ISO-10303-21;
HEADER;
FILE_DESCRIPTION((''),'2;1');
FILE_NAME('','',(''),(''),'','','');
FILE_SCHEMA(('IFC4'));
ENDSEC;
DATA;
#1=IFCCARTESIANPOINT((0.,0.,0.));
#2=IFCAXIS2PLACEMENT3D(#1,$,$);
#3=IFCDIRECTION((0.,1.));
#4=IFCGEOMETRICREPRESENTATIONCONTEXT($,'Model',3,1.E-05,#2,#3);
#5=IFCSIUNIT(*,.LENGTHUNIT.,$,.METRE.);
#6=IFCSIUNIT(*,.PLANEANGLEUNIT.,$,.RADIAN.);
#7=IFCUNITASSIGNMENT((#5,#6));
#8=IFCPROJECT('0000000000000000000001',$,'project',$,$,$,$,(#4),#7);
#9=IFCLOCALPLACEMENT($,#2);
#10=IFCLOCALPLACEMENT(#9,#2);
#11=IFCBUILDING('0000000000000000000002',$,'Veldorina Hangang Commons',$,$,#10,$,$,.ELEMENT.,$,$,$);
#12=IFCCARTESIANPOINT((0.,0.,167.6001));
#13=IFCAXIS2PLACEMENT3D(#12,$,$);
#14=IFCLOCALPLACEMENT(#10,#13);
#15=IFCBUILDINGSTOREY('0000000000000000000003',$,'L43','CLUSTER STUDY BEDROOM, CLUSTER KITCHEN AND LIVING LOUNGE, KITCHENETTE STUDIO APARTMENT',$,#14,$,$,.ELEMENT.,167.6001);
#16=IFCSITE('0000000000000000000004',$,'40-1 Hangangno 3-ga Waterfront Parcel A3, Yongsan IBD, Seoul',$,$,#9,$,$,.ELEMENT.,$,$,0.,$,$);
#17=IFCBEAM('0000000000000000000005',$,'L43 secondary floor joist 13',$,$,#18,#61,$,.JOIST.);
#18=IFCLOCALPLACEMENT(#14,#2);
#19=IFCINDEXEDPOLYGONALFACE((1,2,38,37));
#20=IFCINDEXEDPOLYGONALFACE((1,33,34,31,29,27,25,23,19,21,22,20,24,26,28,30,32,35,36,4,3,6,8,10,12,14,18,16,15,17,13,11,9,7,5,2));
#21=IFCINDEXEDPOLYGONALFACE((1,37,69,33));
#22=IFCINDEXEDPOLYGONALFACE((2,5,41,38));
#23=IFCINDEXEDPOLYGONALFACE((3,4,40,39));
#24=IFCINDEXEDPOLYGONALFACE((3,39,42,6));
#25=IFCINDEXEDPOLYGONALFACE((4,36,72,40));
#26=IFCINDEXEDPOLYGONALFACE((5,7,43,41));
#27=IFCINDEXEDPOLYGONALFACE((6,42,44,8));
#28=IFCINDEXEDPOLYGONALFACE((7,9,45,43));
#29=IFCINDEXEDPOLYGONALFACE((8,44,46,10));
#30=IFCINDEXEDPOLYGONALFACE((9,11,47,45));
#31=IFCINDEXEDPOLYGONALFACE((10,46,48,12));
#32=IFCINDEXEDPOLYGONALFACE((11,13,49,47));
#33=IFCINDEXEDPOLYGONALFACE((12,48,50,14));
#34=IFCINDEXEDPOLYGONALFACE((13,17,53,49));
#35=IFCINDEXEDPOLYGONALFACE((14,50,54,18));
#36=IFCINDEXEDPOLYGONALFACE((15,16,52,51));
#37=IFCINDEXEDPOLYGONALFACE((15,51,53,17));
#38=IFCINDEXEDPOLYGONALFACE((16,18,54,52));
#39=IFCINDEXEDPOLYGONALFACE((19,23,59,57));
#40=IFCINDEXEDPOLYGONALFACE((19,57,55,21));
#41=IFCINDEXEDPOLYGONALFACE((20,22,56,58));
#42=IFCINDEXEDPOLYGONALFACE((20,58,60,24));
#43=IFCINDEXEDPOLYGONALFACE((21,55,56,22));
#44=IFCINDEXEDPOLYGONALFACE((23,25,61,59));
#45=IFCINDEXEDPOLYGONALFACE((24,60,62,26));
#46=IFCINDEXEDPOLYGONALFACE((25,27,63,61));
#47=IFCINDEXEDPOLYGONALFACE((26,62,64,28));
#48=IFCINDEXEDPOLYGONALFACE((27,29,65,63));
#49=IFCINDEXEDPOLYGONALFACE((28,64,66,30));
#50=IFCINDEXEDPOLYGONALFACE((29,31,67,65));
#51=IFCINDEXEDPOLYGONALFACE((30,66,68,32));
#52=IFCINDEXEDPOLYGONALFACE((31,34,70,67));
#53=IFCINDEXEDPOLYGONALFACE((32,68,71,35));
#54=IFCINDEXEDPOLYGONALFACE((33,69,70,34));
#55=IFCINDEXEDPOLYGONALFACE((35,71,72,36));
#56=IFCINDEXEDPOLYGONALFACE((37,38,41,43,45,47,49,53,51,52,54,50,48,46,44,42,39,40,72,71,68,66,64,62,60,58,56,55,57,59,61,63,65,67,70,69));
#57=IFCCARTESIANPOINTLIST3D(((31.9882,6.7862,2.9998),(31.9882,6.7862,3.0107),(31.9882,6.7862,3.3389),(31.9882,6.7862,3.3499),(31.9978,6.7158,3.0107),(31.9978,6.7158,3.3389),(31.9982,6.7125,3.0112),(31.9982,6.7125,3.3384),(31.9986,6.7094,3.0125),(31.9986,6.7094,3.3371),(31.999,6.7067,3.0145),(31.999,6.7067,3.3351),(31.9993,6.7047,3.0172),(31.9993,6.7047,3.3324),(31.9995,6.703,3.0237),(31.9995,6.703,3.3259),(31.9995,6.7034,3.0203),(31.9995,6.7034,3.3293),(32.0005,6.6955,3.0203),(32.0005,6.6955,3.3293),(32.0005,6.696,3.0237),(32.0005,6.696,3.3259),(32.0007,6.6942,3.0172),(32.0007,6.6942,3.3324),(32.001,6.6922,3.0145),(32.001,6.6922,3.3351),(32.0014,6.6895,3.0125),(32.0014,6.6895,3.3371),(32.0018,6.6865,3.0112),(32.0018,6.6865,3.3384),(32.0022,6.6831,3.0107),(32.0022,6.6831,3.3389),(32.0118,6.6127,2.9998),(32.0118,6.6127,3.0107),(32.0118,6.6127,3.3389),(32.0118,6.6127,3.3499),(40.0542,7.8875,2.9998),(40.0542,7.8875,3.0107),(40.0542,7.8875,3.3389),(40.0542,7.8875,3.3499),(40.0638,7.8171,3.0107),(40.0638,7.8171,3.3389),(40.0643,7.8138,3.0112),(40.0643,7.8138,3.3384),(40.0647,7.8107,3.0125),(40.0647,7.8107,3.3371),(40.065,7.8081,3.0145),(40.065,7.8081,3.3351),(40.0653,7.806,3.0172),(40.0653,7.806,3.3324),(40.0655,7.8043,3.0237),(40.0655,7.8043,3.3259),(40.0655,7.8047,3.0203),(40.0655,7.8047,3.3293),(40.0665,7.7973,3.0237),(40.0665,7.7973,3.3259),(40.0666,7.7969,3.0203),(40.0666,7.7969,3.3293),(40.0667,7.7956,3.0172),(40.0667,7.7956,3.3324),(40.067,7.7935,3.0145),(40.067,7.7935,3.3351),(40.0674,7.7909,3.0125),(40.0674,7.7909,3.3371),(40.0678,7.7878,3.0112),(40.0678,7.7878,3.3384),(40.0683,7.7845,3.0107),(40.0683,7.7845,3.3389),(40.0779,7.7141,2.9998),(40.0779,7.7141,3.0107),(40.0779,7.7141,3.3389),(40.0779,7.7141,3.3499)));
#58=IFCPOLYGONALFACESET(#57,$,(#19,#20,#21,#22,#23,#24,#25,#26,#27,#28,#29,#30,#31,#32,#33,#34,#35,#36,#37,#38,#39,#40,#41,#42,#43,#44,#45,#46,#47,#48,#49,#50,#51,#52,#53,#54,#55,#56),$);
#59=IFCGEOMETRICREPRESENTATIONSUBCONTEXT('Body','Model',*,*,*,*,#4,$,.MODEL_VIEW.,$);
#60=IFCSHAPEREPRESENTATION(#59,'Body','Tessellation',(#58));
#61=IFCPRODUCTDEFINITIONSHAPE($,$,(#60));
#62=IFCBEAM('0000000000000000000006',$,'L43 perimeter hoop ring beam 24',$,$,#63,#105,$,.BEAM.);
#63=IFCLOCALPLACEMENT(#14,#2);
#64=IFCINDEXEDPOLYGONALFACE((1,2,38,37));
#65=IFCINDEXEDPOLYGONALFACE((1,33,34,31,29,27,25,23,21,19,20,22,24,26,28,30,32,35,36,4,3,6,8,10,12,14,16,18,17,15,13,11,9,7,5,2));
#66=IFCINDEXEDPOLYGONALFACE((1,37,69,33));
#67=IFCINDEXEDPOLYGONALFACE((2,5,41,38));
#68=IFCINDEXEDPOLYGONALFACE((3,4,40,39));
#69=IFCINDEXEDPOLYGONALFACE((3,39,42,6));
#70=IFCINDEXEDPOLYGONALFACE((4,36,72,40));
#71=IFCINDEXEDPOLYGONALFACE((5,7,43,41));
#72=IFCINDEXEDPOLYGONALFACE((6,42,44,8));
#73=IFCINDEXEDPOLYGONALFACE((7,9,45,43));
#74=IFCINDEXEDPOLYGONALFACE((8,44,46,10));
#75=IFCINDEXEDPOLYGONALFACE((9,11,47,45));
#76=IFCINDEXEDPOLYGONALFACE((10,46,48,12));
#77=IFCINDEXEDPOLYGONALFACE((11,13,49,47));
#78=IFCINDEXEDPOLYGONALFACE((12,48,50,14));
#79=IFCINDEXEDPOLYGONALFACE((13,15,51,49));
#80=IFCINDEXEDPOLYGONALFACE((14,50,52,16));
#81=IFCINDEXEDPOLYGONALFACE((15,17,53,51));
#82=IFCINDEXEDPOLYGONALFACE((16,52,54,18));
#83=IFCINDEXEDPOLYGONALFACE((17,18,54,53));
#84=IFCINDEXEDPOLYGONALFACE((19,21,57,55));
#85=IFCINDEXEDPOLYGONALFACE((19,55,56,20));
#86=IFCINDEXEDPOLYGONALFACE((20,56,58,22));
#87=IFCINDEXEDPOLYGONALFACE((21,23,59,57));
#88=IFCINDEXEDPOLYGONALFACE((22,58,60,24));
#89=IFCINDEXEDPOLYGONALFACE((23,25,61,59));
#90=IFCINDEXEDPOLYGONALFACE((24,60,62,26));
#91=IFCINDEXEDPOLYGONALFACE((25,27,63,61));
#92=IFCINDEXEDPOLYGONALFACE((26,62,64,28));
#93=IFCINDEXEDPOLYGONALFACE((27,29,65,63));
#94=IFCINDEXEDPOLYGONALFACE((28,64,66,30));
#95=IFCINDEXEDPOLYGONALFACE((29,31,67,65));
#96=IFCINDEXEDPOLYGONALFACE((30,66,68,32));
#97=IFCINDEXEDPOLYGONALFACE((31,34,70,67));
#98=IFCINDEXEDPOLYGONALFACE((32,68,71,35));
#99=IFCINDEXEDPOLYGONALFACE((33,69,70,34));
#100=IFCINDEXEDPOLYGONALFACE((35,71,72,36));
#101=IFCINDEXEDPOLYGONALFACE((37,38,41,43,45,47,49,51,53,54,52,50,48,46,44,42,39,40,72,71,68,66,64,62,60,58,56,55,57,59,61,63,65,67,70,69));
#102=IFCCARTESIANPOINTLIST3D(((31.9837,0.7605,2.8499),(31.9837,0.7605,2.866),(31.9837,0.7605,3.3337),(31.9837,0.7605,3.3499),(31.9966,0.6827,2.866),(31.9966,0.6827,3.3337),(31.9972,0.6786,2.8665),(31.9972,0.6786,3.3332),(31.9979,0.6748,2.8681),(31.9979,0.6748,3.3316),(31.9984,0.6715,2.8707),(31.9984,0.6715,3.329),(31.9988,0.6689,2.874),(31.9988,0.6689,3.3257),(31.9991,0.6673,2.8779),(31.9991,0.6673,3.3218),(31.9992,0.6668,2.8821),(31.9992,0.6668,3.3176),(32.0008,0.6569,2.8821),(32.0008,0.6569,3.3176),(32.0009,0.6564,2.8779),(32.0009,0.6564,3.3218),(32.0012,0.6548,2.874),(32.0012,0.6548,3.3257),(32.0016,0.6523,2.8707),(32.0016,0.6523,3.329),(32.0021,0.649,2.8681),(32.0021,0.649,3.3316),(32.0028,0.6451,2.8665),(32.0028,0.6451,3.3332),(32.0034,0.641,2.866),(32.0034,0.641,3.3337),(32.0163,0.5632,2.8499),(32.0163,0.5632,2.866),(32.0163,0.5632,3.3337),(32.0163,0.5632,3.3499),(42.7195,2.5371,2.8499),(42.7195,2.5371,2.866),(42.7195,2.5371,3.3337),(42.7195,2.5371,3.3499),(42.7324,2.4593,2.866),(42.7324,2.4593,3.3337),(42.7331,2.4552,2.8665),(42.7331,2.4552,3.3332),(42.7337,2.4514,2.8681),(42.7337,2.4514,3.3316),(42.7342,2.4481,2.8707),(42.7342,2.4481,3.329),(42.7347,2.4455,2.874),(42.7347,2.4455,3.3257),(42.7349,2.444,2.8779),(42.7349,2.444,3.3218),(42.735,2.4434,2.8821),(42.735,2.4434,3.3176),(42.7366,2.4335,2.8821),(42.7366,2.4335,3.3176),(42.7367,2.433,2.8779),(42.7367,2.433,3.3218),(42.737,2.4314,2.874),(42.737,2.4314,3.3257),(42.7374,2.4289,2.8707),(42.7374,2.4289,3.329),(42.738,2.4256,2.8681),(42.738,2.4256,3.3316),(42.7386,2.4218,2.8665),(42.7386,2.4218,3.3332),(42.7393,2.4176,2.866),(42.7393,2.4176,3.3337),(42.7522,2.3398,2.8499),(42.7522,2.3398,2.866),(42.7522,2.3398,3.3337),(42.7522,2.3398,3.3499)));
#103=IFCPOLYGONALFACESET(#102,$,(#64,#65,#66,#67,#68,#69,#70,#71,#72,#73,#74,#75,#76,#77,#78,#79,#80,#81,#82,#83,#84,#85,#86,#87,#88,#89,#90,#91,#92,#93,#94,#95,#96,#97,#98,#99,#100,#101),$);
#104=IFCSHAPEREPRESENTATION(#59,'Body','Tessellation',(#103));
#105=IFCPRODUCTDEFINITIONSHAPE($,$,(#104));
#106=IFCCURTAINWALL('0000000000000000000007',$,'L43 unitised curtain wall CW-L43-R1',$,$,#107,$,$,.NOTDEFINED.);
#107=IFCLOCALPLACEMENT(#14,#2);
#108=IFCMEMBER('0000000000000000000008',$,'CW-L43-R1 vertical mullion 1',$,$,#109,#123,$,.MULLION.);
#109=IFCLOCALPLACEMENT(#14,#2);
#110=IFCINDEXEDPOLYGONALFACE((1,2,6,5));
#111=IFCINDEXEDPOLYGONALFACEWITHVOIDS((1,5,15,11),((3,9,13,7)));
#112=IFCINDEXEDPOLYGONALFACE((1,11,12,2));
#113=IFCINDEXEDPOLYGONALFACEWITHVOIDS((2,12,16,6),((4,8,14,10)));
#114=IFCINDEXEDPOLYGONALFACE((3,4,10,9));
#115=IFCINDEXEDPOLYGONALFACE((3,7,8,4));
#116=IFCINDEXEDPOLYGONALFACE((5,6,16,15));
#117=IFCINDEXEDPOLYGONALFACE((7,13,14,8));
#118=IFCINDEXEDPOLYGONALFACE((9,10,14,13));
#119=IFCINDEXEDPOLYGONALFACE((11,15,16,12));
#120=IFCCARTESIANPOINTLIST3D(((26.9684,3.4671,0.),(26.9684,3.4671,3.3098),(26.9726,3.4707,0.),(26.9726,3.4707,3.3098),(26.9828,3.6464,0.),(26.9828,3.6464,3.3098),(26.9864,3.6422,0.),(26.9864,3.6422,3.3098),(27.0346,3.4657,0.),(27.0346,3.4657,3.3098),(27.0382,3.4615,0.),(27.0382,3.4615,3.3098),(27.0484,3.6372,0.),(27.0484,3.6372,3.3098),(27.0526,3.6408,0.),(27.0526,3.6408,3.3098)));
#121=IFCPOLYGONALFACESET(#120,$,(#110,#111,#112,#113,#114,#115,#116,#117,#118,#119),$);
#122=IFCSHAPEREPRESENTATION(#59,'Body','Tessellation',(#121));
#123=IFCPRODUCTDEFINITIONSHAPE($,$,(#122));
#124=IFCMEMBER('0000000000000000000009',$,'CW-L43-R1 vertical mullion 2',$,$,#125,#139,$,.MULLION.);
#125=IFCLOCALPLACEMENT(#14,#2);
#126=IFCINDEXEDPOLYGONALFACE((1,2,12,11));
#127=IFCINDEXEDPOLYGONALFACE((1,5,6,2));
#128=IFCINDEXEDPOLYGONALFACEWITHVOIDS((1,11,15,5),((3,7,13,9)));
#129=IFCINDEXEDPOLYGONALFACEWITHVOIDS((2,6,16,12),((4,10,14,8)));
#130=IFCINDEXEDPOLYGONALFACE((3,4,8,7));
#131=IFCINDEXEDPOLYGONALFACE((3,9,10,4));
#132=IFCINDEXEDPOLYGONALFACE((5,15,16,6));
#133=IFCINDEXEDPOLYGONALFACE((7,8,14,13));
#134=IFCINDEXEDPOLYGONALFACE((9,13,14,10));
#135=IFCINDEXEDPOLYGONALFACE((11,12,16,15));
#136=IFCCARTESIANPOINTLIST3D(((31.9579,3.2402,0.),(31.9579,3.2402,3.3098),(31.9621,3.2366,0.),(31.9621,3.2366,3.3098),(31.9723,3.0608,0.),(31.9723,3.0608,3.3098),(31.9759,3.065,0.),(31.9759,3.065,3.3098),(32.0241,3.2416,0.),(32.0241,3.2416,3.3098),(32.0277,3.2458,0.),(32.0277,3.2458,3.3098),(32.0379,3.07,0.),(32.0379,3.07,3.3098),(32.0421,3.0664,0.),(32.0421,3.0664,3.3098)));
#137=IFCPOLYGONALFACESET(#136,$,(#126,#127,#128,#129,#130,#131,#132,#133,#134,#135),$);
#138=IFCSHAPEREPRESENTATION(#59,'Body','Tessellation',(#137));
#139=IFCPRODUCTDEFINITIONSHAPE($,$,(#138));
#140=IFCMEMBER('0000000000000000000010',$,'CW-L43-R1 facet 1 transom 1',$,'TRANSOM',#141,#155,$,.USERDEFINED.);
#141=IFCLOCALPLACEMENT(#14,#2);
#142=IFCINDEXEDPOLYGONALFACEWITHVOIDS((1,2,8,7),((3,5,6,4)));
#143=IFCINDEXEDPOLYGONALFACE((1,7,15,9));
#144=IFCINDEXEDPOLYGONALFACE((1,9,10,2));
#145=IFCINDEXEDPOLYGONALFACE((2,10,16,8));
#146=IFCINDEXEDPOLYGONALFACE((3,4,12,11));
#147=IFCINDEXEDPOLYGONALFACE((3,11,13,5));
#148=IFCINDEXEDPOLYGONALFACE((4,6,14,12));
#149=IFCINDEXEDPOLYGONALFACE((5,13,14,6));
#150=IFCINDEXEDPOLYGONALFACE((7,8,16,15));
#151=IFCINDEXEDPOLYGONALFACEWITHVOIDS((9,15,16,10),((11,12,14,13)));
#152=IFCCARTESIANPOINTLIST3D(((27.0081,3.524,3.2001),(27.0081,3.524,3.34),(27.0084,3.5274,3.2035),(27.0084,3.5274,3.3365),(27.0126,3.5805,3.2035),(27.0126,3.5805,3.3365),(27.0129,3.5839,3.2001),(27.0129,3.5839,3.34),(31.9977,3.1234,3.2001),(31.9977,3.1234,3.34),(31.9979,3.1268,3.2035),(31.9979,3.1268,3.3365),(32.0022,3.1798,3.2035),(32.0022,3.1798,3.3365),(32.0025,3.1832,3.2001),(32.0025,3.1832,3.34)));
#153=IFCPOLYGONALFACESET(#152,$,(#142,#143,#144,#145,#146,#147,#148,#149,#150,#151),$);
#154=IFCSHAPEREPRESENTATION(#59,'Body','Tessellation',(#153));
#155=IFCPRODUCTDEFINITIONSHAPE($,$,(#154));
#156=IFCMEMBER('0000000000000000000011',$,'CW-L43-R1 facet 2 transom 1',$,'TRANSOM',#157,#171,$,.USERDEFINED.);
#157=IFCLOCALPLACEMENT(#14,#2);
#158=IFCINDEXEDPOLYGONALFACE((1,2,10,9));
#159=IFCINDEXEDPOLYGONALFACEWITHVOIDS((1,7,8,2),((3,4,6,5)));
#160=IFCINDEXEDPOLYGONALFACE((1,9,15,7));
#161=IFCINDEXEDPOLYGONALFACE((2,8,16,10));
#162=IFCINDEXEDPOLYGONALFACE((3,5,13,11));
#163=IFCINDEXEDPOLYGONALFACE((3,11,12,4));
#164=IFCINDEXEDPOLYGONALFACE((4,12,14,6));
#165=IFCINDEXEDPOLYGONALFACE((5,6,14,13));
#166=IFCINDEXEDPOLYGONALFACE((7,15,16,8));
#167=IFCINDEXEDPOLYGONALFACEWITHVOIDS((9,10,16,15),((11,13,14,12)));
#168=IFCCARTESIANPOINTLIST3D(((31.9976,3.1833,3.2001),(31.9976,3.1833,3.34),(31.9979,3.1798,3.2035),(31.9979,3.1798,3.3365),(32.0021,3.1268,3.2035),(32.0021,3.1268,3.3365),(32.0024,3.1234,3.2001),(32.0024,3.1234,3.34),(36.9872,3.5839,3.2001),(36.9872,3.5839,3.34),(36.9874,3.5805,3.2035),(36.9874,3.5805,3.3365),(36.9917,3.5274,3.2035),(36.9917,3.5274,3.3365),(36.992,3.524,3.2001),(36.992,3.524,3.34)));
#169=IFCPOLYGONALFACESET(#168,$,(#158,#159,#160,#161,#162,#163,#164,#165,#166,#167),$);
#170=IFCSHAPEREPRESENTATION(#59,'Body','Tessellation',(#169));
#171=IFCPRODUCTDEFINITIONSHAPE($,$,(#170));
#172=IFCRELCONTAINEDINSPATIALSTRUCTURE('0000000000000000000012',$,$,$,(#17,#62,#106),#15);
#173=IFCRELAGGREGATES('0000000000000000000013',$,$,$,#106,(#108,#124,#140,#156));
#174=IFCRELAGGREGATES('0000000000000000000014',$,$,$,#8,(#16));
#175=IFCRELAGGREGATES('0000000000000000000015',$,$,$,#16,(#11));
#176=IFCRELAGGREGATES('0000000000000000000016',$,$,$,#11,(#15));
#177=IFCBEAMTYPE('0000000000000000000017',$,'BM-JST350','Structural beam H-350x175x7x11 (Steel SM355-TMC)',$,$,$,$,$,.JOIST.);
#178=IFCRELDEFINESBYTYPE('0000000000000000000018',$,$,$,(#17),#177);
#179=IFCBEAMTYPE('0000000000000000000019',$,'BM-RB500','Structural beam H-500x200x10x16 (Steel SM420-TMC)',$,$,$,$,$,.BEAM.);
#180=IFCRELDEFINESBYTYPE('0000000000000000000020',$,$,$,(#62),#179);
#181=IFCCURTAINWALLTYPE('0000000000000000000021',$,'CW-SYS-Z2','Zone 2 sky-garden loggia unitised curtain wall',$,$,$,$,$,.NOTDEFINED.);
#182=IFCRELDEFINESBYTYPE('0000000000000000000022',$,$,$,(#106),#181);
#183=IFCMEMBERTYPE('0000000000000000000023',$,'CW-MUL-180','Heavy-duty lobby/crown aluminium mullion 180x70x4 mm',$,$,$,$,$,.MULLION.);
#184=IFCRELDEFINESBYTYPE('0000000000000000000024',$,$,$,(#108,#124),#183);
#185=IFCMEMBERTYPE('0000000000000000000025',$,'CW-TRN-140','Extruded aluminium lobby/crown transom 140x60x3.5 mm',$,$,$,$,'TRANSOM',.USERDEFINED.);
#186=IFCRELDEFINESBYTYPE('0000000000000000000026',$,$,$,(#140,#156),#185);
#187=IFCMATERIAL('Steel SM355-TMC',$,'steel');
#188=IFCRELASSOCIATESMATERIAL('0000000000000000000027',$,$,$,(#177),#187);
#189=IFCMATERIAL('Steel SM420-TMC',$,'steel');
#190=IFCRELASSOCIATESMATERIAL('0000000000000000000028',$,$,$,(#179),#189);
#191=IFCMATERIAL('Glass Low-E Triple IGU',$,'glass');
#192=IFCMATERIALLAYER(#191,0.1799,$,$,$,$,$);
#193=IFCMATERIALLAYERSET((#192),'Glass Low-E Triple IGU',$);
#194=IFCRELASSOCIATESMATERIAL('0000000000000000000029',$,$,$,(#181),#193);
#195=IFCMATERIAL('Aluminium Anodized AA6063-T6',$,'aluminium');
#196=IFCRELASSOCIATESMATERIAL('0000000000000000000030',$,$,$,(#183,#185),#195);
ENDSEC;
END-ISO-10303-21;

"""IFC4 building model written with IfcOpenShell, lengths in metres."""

from ifc_helpers import new_model, si_unit, direction, frame, origin, origin_2d, place, context, subcontext, project, spatial, hollow_rectangle, i_section, extrude, material, layer, layer_set, material_profile, profile_set, type_object, element, aggregate, save


model = new_model("IFC4")

# Units and contexts
model_context = context("Model", 3, precision=1e-05, world=origin(), true_north=direction((0.0, 1.0)))
body_context = subcontext(model_context, "Body", "Model", "MODEL_VIEW")
ifc_project = project(units=[si_unit("LENGTHUNIT", "METRE"), si_unit("PLANEANGLEUNIT", "RADIAN")], contexts=[model_context])

# Site, building, storey
site_placement = place(None, origin())
site = spatial("IfcSite", under=ifc_project, at=site_placement, Name="40-1 Hangangno 3-ga Waterfront Parcel A3, Yongsan IBD, Seoul", CompositionType="ELEMENT", RefElevation=0.0)
building_placement = place(site_placement, origin())
building = spatial("IfcBuilding", under=site, at=building_placement, Name="Veldorina Hangang Commons", CompositionType="ELEMENT")
storey_placement = place(building_placement, frame((0.0, 0.0, 167.6001)))
storey = spatial("IfcBuildingStorey", under=building, at=storey_placement, Name="L43", Description="CLUSTER STUDY BEDROOM, CLUSTER KITCHEN AND LIVING LOUNGE, KITCHENETTE STUDIO APARTMENT", CompositionType="ELEMENT", Elevation=167.6001)

# Beams
ifc_material_1 = material(Name="Steel SM355-TMC", Category="steel")
ifc_material_profile_1 = material_profile(ifc_material_1, i_section(OverallWidth=0.175, OverallDepth=0.3501, WebThickness=0.0071, FlangeThickness=0.011, FilletRadius=0.0129, at=origin_2d()), Name="H-350x175x7x11")
ifc_profile_set_1 = profile_set([ifc_material_profile_1], Name="Steel SM355-TMC")
beam_type_1 = type_object("IfcBeamType", Name="BM-JST350", Description="Structural beam H-350x175x7x11 (Steel SM355-TMC)", PredefinedType="JOIST", material=ifc_profile_set_1)
beam_1_placement = place(storey_placement, frame((32.0, 6.6995, 3.1748), z_axis=(0.990807, 0.135285, 0.0), x_axis=(-0.135285, 0.990807, 0.0)))
element("IfcBeam", 1, at=beam_1_placement, inside=storey, type_object=beam_type_1, Name="L43 secondary floor joist 13", PredefinedType="JOIST", context=body_context, shape_type="SweptSolid", body=[
    extrude(i_section(OverallWidth=0.175, OverallDepth=0.3501, WebThickness=0.0071, FlangeThickness=0.011, FilletRadius=0.0129, at=origin_2d()), origin(), (0.0, 0.0, 1.0), 8.1409),
])
ifc_material_2 = material(Name="Steel SM420-TMC", Category="steel")
ifc_material_profile_2 = material_profile(ifc_material_2, i_section(OverallWidth=0.2, OverallDepth=0.5, WebThickness=0.01, FlangeThickness=0.0161, FilletRadius=0.0161, at=origin_2d()), Name="H-500x200x10x16")
ifc_profile_set_2 = profile_set([ifc_material_profile_2], Name="Steel SM420-TMC")
beam_type_2 = type_object("IfcBeamType", Name="BM-RB500", Description="Structural beam H-500x200x10x16 (Steel SM420-TMC)", PredefinedType="BEAM", material=ifc_profile_set_2)
beam_2_placement = place(storey_placement, frame((32.0, 0.6619, 3.0999), z_axis=(0.986582, 0.163264, 0.0), x_axis=(-0.163264, 0.986582, 0.0)))
element("IfcBeam", 2, at=beam_2_placement, inside=storey, type_object=beam_type_2, Name="L43 perimeter hoop ring beam 24", PredefinedType="BEAM", context=body_context, shape_type="SweptSolid", body=[
    extrude(i_section(OverallWidth=0.2, OverallDepth=0.5, WebThickness=0.01, FlangeThickness=0.0161, FilletRadius=0.0161, at=origin_2d()), origin(), (0.0, 0.0, 1.0), 10.8818),
])

# Curtain wall, members
ifc_material_3 = material(Name="Glass Low-E Triple IGU", Category="glass")
ifc_layer_1 = layer(ifc_material_3, 0.1799)
ifc_layer_set_1 = layer_set([ifc_layer_1], Name="Glass Low-E Triple IGU")
curtain_wall_type = type_object("IfcCurtainWallType", Name="CW-SYS-Z2", Description="Zone 2 sky-garden loggia unitised curtain wall", PredefinedType="NOTDEFINED", material=ifc_layer_set_1)
curtain_wall_placement = place(storey_placement, origin())
curtain_wall = element("IfcCurtainWall", 3, at=curtain_wall_placement, inside=storey, type_object=curtain_wall_type, Name="L43 unitised curtain wall CW-L43-R1", PredefinedType="NOTDEFINED")
ifc_material_4 = material(Name="Aluminium Anodized AA6063-T6", Category="aluminium")
ifc_material_profile_3 = material_profile(ifc_material_4, hollow_rectangle(XDim=0.0701, YDim=0.1799, WallThickness=0.0039, at=origin_2d()), Name="ALU-RHS-180x70x4")
ifc_profile_set_3 = profile_set([ifc_material_profile_3], Name="Aluminium Anodized AA6063-T6")
member_type_1 = type_object("IfcMemberType", Name="CW-MUL-180", Description="Heavy-duty lobby/crown aluminium mullion 180x70x4 mm", PredefinedType="MULLION", material=ifc_profile_set_3)
member_1_placement = place(storey_placement, frame((27.0105, 3.554, 0.0), z_axis=(0.0, 0.0, 1.0), x_axis=(0.996793, -0.080025, 0.0)))
member_1 = element("IfcMember", 4, at=member_1_placement, type_object=member_type_1, Name="CW-L43-R1 vertical mullion 1", PredefinedType="MULLION", context=body_context, shape_type="SweptSolid", body=[
    extrude(hollow_rectangle(XDim=0.0701, YDim=0.1799, WallThickness=0.0039, at=origin_2d()), origin(), (0.0, 0.0, 1.0), 3.3098),
])
member_2_placement = place(storey_placement, frame((32.0, 3.1533, 0.0), z_axis=(0.0, 0.0, 1.0), x_axis=(0.996793, 0.080025, 0.0)))
member_2 = element("IfcMember", 5, at=member_2_placement, type_object=member_type_1, Name="CW-L43-R1 vertical mullion 2", PredefinedType="MULLION", context=body_context, shape_type="SweptSolid", body=[
    extrude(hollow_rectangle(XDim=0.0701, YDim=0.1799, WallThickness=0.0039, at=origin_2d()), origin(), (0.0, 0.0, 1.0), 3.3098),
])
ifc_material_profile_4 = material_profile(ifc_material_4, hollow_rectangle(XDim=0.0601, YDim=0.1399, WallThickness=0.0034, at=origin_2d()), Name="ALU-RHS-140x60x3.5")
ifc_profile_set_4 = profile_set([ifc_material_profile_4], Name="Aluminium Anodized AA6063-T6")
member_type_2 = type_object("IfcMemberType", Name="CW-TRN-140", Description="Extruded aluminium lobby/crown transom 140x60x3.5 mm", ElementType="TRANSOM", PredefinedType="USERDEFINED", material=ifc_profile_set_4)
member_3_placement = place(storey_placement, frame((27.0105, 3.554, 3.27), z_axis=(0.996792, -0.080038, 0.0), x_axis=(0.080038, 0.996792, 0.0)))
member_3 = element("IfcMember", 6, at=member_3_placement, type_object=member_type_2, Name="CW-L43-R1 facet 1 transom 1", ObjectType="TRANSOM", PredefinedType="USERDEFINED", context=body_context, shape_type="SweptSolid", body=[
    extrude(hollow_rectangle(XDim=0.0601, YDim=0.1399, WallThickness=0.0034, at=origin_2d()), origin(), (0.0, 0.0, 1.0), 5.0056),
])
member_4_placement = place(storey_placement, frame((32.0, 3.1533, 3.27), z_axis=(0.996792, 0.080038, 0.0), x_axis=(-0.080038, 0.996792, 0.0)))
member_4 = element("IfcMember", 7, at=member_4_placement, type_object=member_type_2, Name="CW-L43-R1 facet 2 transom 1", ObjectType="TRANSOM", PredefinedType="USERDEFINED", context=body_context, shape_type="SweptSolid", body=[
    extrude(hollow_rectangle(XDim=0.0601, YDim=0.1399, WallThickness=0.0034, at=origin_2d()), origin(), (0.0, 0.0, 1.0), 5.0056),
])

aggregate(curtain_wall, [member_1, member_2, member_3, member_4])

save(model, "model.ifc")
